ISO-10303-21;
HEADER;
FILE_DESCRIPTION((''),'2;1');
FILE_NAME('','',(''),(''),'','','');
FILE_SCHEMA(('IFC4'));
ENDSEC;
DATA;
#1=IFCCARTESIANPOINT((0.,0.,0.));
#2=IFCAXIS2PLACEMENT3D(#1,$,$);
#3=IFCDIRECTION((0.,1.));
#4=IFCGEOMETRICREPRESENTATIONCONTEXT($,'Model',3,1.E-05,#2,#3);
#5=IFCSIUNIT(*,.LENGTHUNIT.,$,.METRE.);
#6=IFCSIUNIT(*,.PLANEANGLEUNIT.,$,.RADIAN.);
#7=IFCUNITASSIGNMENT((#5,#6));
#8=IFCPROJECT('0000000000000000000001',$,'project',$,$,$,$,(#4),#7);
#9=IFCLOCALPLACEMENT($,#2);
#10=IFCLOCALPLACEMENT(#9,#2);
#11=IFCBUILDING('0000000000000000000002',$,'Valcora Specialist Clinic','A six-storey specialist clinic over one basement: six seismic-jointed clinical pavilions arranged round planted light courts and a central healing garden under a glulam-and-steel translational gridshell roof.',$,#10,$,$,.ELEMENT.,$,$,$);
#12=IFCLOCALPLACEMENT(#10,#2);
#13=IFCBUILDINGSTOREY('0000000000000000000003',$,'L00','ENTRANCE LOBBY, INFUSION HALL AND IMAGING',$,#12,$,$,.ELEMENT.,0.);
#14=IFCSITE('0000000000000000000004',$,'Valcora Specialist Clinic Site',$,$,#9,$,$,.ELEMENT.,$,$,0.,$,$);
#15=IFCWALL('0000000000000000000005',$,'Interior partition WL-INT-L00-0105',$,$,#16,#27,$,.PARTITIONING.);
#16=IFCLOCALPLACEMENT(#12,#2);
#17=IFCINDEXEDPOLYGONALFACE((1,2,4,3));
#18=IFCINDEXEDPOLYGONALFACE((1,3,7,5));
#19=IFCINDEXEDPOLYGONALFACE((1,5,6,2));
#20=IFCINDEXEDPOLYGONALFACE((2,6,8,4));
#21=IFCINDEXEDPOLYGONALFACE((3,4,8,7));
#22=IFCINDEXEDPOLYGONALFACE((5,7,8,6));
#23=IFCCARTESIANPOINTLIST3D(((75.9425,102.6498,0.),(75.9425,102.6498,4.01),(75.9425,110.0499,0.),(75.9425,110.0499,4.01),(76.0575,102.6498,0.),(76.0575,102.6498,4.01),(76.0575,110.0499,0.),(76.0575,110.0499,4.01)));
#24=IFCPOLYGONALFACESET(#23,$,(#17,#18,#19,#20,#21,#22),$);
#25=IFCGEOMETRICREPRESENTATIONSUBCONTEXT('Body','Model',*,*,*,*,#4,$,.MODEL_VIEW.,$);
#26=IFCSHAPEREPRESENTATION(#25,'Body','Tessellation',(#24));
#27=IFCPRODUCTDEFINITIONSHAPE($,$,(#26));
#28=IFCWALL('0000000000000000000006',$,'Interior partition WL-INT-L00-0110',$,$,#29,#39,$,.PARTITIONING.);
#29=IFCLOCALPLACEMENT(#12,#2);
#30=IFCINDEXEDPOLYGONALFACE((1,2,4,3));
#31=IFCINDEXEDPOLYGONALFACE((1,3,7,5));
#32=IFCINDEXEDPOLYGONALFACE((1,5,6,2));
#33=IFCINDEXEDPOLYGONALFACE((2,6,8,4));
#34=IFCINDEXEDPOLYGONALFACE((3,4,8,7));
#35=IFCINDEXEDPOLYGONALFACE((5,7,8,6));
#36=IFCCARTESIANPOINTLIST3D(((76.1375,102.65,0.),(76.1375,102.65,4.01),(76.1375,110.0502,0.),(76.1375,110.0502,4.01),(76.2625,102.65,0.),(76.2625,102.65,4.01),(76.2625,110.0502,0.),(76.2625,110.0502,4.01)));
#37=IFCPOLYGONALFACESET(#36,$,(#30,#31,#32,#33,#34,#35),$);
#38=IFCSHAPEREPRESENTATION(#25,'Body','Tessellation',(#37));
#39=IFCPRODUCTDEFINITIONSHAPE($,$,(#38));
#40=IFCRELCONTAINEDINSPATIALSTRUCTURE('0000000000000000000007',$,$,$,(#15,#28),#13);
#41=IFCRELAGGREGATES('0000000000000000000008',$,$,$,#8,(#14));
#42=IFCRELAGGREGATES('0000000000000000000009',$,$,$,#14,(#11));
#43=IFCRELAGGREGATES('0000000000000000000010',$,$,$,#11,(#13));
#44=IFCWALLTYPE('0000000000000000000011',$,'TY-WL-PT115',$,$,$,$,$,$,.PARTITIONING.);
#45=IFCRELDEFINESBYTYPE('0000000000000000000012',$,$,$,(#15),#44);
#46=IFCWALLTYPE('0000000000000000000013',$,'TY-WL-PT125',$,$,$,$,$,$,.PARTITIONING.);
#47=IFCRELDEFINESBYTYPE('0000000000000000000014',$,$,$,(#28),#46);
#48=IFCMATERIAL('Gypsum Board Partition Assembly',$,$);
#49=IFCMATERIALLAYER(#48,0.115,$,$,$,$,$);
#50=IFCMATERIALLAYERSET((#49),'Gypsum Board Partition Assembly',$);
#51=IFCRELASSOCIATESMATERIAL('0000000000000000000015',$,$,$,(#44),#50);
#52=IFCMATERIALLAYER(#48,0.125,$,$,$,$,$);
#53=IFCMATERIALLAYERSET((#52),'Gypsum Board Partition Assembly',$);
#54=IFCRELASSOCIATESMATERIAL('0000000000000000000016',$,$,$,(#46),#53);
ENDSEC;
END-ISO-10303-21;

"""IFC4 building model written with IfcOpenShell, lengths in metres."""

from ifc_helpers import new_model, si_unit, direction, frame, frame_2d, origin, place, context, subcontext, project, spatial, rectangle, extrude, material, layer, layer_set, type_object, element, save


model = new_model("IFC4")

# Units and contexts
model_context = context("Model", 3, precision=1e-05, world=origin(), true_north=direction((0.0, 1.0)))
body_context = subcontext(model_context, "Body", "Model", "MODEL_VIEW")
ifc_project = project(units=[si_unit("LENGTHUNIT", "METRE"), si_unit("PLANEANGLEUNIT", "RADIAN")], contexts=[model_context])

# Site, building, storey
site_placement = place(None, origin())
site = spatial("IfcSite", under=ifc_project, at=site_placement, Name="Valcora Specialist Clinic Site", CompositionType="ELEMENT", RefElevation=0.0)
building_placement = place(site_placement, origin())
building = spatial("IfcBuilding", under=site, at=building_placement, Name="Valcora Specialist Clinic", Description="A six-storey specialist clinic over one basement: six seismic-jointed clinical pavilions arranged round planted light courts and a central healing garden under a glulam-and-steel translational gridshell roof.", CompositionType="ELEMENT")
storey_placement = place(building_placement, origin())
storey = spatial("IfcBuildingStorey", under=building, at=storey_placement, Name="L00", Description="ENTRANCE LOBBY, INFUSION HALL AND IMAGING", CompositionType="ELEMENT", Elevation=0.0)

# Shared definitions
ifc_material_1 = material(Name="Gypsum Board Partition Assembly")

# Walls
ifc_layer_1 = layer(ifc_material_1, 0.115)
ifc_layer_set_1 = layer_set([ifc_layer_1], Name="Gypsum Board Partition Assembly")
wall_type_1 = type_object("IfcWallType", Name="TY-WL-PT115", PredefinedType="PARTITIONING", material=ifc_layer_set_1)
wall_1_placement = place(storey_placement, frame((76.0, 110.05, 0.0), z_axis=(0.0, 0.0, 1.0), x_axis=(0.0, -1.0, 0.0)))
element("IfcWall", 1, at=wall_1_placement, inside=storey, type_object=wall_type_1, Name="Interior partition WL-INT-L00-0105", PredefinedType="PARTITIONING", context=body_context, shape_type="SweptSolid", body=[
    extrude(rectangle(XDim=7.4001, YDim=0.115, at=frame_2d((3.7002, 0.0))), origin(), (0.0, 0.0, 1.0), 4.01),
])
ifc_layer_2 = layer(ifc_material_1, 0.125)
ifc_layer_set_2 = layer_set([ifc_layer_2], Name="Gypsum Board Partition Assembly")
wall_type_2 = type_object("IfcWallType", Name="TY-WL-PT125", PredefinedType="PARTITIONING", material=ifc_layer_set_2)
wall_2_placement = place(storey_placement, frame((76.2, 102.6499, 0.0), z_axis=(0.0, 0.0, 1.0), x_axis=(0.0, 1.0, 0.0)))
element("IfcWall", 2, at=wall_2_placement, inside=storey, type_object=wall_type_2, Name="Interior partition WL-INT-L00-0110", PredefinedType="PARTITIONING", context=body_context, shape_type="SweptSolid", body=[
    extrude(rectangle(XDim=7.4001, YDim=0.125, at=frame_2d((3.7002, 0.0))), origin(), (0.0, 0.0, 1.0), 4.01),
])

save(model, "model.ifc")
